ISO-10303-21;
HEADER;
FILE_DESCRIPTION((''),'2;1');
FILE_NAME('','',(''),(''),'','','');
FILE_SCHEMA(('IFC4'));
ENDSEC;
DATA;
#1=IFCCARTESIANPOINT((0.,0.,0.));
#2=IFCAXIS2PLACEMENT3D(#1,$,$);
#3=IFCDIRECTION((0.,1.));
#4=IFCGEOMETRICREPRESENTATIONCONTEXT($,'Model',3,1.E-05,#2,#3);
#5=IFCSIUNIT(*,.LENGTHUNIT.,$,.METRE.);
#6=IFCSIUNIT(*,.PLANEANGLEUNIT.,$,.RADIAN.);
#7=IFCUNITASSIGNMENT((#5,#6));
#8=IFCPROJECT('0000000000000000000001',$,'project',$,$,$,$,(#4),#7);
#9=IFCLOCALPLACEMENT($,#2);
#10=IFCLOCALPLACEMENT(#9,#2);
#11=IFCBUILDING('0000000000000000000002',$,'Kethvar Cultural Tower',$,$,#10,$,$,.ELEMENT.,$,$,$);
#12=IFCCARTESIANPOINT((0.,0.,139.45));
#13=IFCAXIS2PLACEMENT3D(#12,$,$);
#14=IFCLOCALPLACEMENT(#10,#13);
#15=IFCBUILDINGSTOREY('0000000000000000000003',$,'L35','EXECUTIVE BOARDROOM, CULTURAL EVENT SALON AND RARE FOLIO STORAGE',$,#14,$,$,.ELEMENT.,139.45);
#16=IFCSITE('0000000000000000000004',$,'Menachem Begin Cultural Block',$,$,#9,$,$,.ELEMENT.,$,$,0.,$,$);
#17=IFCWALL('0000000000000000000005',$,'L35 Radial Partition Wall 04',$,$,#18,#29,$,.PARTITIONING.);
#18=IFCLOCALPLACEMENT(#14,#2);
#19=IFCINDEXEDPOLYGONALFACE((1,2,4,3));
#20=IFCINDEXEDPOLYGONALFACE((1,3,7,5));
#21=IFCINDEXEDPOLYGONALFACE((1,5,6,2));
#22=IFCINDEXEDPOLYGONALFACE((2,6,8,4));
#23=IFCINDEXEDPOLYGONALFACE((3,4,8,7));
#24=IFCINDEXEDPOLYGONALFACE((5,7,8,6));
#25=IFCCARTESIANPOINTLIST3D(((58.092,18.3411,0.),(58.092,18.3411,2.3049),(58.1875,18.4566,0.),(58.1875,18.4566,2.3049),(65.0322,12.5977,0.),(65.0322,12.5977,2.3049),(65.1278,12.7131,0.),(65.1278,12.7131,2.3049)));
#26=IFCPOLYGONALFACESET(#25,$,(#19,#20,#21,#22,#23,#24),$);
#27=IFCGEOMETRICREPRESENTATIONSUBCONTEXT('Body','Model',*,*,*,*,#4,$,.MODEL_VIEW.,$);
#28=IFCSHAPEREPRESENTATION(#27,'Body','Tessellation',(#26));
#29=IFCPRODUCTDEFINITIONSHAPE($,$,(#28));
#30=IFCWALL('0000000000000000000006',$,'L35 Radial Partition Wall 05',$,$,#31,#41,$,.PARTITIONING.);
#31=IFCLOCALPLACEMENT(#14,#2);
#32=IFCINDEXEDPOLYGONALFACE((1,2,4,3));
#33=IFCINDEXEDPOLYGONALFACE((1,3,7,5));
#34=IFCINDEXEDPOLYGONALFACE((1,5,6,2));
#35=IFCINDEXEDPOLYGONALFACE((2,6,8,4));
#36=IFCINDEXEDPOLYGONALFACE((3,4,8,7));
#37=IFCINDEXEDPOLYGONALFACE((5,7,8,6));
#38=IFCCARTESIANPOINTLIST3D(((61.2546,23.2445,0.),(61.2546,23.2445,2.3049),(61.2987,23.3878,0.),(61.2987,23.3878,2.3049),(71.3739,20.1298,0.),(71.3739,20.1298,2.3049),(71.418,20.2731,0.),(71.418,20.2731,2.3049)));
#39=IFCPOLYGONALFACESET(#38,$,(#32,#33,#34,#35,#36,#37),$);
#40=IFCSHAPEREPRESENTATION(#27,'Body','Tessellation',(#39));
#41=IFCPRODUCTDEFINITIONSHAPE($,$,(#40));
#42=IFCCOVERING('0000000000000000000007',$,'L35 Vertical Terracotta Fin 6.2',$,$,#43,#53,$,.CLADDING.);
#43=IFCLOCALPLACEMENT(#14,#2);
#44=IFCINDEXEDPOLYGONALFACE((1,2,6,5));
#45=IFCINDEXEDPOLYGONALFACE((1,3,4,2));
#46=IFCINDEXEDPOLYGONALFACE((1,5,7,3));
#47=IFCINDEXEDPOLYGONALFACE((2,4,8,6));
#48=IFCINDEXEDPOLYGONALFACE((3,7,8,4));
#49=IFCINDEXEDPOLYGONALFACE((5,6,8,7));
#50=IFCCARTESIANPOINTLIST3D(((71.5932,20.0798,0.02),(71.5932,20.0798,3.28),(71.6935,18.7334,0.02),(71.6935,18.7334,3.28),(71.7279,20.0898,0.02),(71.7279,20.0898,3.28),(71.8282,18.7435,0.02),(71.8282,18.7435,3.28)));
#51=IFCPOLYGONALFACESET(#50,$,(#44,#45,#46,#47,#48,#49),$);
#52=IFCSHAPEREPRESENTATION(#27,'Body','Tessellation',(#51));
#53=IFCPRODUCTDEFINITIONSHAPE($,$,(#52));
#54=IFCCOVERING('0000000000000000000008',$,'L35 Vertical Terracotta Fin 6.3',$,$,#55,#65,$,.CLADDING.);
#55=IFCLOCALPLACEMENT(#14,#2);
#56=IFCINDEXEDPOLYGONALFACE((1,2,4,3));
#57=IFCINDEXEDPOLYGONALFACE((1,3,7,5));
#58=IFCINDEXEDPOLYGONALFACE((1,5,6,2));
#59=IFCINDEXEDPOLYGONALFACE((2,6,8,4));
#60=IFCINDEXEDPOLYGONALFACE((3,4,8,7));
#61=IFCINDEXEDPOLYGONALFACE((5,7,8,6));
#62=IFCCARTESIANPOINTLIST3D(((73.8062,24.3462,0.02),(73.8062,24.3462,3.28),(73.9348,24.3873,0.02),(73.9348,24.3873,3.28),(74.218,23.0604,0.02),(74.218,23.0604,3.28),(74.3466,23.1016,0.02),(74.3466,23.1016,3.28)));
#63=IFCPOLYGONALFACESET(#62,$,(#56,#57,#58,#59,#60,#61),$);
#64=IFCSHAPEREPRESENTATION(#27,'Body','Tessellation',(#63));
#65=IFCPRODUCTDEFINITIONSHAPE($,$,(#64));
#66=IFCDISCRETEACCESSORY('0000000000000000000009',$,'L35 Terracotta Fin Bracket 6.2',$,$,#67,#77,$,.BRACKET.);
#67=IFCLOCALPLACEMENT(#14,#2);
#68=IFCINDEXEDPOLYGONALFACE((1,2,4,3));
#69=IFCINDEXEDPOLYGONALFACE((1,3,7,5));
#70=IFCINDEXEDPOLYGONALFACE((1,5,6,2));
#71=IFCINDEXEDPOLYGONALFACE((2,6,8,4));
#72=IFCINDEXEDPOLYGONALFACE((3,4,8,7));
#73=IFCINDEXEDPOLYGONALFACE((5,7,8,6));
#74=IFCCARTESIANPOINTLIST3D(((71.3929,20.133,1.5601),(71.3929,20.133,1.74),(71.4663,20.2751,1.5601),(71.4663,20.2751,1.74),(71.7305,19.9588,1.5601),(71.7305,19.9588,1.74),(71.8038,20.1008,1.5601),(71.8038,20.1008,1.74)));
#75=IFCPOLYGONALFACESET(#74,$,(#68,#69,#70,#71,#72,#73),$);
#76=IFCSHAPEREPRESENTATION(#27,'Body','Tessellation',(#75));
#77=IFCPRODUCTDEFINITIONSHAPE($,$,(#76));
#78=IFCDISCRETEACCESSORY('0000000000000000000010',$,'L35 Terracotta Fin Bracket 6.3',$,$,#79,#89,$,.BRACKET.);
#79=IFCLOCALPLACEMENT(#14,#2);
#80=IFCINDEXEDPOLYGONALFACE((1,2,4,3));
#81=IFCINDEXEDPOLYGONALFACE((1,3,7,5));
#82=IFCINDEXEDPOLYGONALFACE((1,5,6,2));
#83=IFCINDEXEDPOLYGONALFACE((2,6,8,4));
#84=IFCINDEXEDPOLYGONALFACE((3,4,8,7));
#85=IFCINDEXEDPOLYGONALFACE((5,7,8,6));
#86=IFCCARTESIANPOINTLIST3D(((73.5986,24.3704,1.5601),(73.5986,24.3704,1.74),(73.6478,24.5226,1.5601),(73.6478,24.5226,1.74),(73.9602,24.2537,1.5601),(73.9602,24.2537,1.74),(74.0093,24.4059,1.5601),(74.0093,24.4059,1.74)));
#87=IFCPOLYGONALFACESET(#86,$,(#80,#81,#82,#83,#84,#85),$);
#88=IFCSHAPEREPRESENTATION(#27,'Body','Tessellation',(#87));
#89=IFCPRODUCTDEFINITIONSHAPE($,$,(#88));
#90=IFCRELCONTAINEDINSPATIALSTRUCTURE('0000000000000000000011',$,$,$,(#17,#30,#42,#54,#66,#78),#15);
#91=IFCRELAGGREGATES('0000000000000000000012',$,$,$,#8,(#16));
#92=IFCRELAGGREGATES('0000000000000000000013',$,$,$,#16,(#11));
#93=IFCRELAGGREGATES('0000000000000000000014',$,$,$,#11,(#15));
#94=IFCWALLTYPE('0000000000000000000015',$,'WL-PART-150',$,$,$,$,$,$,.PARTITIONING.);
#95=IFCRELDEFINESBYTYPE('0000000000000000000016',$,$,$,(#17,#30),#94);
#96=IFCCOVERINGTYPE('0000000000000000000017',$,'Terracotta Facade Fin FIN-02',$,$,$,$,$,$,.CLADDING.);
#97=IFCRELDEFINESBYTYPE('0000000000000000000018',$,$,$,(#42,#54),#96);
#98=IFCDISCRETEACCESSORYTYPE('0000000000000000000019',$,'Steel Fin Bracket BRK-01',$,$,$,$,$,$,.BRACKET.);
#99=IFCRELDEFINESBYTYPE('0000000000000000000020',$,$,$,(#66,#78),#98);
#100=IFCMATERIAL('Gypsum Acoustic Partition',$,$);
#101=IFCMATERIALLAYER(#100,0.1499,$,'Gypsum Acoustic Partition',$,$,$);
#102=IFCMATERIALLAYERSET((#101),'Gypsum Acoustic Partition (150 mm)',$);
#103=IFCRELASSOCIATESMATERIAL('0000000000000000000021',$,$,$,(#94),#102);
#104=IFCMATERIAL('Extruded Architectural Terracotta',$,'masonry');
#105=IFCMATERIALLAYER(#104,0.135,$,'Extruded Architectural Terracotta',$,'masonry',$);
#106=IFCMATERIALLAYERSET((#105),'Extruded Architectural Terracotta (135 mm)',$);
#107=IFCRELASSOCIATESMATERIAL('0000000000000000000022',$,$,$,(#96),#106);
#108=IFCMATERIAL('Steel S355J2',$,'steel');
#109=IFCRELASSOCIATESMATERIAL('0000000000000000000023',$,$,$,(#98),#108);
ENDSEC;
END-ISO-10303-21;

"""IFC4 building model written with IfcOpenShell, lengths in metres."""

from ifc_helpers import new_model, si_unit, direction, frame, frame_2d, origin, origin_2d, place, context, subcontext, project, spatial, rectangle, extrude, source, transform, mapped, material, layer, layer_set, type_object, element, save


model = new_model("IFC4")

# Units and contexts
model_context = context("Model", 3, precision=1e-05, world=origin(), true_north=direction((0.0, 1.0)))
body_context = subcontext(model_context, "Body", "Model", "MODEL_VIEW")
ifc_project = project(units=[si_unit("LENGTHUNIT", "METRE"), si_unit("PLANEANGLEUNIT", "RADIAN")], contexts=[model_context])

# Site, building, storey
site_placement = place(None, origin())
site = spatial("IfcSite", under=ifc_project, at=site_placement, Name="Menachem Begin Cultural Block", CompositionType="ELEMENT", RefElevation=0.0)
building_placement = place(site_placement, origin())
building = spatial("IfcBuilding", under=site, at=building_placement, Name="Kethvar Cultural Tower", CompositionType="ELEMENT")
storey_placement = place(building_placement, frame((0.0, 0.0, 139.45)))
storey = spatial("IfcBuildingStorey", under=building, at=storey_placement, Name="L35", Description="EXECUTIVE BOARDROOM, CULTURAL EVENT SALON AND RARE FOLIO STORAGE", CompositionType="ELEMENT", Elevation=139.45)

# Shared definitions
ifc_material_1 = material(Name="Steel S355J2", Category="steel")

# Walls
ifc_material_2 = material(Name="Gypsum Acoustic Partition")
ifc_layer_1 = layer(ifc_material_2, 0.1499, Name="Gypsum Acoustic Partition")
ifc_layer_set_1 = layer_set([ifc_layer_1], Name="Gypsum Acoustic Partition (150 mm)")
wall_type_1 = type_object("IfcWallType", Name="WL-PART-150", PredefinedType="PARTITIONING", material=ifc_layer_set_1)
wall_1_placement = place(storey_placement, frame((58.1396, 18.3989, 0.0), z_axis=(0.0, 0.0, 1.0), x_axis=(0.770405, -0.637555, 0.0)))
element("IfcWall", 1, at=wall_1_placement, inside=storey, type_object=wall_type_1, Name="L35 Radial Partition Wall 04", PredefinedType="PARTITIONING", context=body_context, shape_type="SweptSolid", body=[
    extrude(rectangle(XDim=9.0085, YDim=0.1499, at=frame_2d((4.5044, 0.0))), origin(), (0.0, 0.0, 1.0), 2.3049),
])
wall_2_placement = place(storey_placement, frame((61.2766, 23.3162, 0.0), z_axis=(0.0, 0.0, 1.0), x_axis=(0.95575, -0.29418, 0.0)))
element("IfcWall", 2, at=wall_2_placement, inside=storey, type_object=wall_type_1, Name="L35 Radial Partition Wall 05", PredefinedType="PARTITIONING", context=body_context, shape_type="SweptSolid", body=[
    extrude(rectangle(XDim=10.5879, YDim=0.1499, at=frame_2d((5.2939, 0.0))), origin(), (0.0, 0.0, 1.0), 2.3049),
])

# Coverings
ifc_material_3 = material(Name="Extruded Architectural Terracotta", Category="masonry")
ifc_layer_2 = layer(ifc_material_3, 0.135, Name="Extruded Architectural Terracotta", Category="masonry")
ifc_layer_set_2 = layer_set([ifc_layer_2], Name="Extruded Architectural Terracotta (135 mm)")
covering_type = type_object("IfcCoveringType", Name="Terracotta Facade Fin FIN-02", PredefinedType="CLADDING", material=ifc_layer_set_2)
shared_shape_1 = source(origin(), body_context, "Body", "SweptSolid", [
    extrude(rectangle(XDim=1.3501, YDim=0.135, at=origin_2d()), origin(), (0.0, 0.0, 1.0), 3.26),
])
for number, where, z_axis, x_axis, name in (
    (3, (71.7107, 19.4116, 0.02), (0.0, 0.0, 1.0), (0.074283, -0.997237, 0.0), "L35 Vertical Terracotta Fin 6.2"),
    (4, (74.0764, 23.7239, 0.02), (0.0, 0.0, 1.0), (0.305031, -0.952343, 0.0), "L35 Vertical Terracotta Fin 6.3"),
):
    element("IfcCovering", number, at=place(storey_placement, frame(where, z_axis=z_axis, x_axis=x_axis)), inside=storey, type_object=covering_type, Name=name, PredefinedType="CLADDING", context=body_context, shape_type="MappedRepresentation", body=[
        mapped(shared_shape_1, transform((0.0, 0.0, 0.0), scale=1.0)),
    ])

# Discrete accessories
discrete_accessory_type = type_object("IfcDiscreteAccessoryType", Name="Steel Fin Bracket BRK-01", PredefinedType="BRACKET", material=ifc_material_1)
shared_shape_2 = source(origin(), body_context, "Body", "SweptSolid", [
    extrude(rectangle(XDim=0.3799, YDim=0.1599, at=origin_2d()), origin(), (0.0, 0.0, 1.0), 0.1799),
])
for number, where, z_axis, x_axis, name in (
    (5, (71.5984, 20.1169, 1.5601), (0.0, 0.0, 1.0), (0.888537, -0.458805, 0.0), "L35 Terracotta Fin Bracket 6.2"),
    (6, (73.804, 24.3882, 1.5601), (0.0, 0.0, 1.0), (0.951648, -0.307191, 0.0), "L35 Terracotta Fin Bracket 6.3"),
):
    element("IfcDiscreteAccessory", number, at=place(storey_placement, frame(where, z_axis=z_axis, x_axis=x_axis)), inside=storey, type_object=discrete_accessory_type, Name=name, PredefinedType="BRACKET", context=body_context, shape_type="MappedRepresentation", body=[
        mapped(shared_shape_2, transform((0.0, 0.0, 0.0), scale=1.0)),
    ])

save(model, "model.ifc")
